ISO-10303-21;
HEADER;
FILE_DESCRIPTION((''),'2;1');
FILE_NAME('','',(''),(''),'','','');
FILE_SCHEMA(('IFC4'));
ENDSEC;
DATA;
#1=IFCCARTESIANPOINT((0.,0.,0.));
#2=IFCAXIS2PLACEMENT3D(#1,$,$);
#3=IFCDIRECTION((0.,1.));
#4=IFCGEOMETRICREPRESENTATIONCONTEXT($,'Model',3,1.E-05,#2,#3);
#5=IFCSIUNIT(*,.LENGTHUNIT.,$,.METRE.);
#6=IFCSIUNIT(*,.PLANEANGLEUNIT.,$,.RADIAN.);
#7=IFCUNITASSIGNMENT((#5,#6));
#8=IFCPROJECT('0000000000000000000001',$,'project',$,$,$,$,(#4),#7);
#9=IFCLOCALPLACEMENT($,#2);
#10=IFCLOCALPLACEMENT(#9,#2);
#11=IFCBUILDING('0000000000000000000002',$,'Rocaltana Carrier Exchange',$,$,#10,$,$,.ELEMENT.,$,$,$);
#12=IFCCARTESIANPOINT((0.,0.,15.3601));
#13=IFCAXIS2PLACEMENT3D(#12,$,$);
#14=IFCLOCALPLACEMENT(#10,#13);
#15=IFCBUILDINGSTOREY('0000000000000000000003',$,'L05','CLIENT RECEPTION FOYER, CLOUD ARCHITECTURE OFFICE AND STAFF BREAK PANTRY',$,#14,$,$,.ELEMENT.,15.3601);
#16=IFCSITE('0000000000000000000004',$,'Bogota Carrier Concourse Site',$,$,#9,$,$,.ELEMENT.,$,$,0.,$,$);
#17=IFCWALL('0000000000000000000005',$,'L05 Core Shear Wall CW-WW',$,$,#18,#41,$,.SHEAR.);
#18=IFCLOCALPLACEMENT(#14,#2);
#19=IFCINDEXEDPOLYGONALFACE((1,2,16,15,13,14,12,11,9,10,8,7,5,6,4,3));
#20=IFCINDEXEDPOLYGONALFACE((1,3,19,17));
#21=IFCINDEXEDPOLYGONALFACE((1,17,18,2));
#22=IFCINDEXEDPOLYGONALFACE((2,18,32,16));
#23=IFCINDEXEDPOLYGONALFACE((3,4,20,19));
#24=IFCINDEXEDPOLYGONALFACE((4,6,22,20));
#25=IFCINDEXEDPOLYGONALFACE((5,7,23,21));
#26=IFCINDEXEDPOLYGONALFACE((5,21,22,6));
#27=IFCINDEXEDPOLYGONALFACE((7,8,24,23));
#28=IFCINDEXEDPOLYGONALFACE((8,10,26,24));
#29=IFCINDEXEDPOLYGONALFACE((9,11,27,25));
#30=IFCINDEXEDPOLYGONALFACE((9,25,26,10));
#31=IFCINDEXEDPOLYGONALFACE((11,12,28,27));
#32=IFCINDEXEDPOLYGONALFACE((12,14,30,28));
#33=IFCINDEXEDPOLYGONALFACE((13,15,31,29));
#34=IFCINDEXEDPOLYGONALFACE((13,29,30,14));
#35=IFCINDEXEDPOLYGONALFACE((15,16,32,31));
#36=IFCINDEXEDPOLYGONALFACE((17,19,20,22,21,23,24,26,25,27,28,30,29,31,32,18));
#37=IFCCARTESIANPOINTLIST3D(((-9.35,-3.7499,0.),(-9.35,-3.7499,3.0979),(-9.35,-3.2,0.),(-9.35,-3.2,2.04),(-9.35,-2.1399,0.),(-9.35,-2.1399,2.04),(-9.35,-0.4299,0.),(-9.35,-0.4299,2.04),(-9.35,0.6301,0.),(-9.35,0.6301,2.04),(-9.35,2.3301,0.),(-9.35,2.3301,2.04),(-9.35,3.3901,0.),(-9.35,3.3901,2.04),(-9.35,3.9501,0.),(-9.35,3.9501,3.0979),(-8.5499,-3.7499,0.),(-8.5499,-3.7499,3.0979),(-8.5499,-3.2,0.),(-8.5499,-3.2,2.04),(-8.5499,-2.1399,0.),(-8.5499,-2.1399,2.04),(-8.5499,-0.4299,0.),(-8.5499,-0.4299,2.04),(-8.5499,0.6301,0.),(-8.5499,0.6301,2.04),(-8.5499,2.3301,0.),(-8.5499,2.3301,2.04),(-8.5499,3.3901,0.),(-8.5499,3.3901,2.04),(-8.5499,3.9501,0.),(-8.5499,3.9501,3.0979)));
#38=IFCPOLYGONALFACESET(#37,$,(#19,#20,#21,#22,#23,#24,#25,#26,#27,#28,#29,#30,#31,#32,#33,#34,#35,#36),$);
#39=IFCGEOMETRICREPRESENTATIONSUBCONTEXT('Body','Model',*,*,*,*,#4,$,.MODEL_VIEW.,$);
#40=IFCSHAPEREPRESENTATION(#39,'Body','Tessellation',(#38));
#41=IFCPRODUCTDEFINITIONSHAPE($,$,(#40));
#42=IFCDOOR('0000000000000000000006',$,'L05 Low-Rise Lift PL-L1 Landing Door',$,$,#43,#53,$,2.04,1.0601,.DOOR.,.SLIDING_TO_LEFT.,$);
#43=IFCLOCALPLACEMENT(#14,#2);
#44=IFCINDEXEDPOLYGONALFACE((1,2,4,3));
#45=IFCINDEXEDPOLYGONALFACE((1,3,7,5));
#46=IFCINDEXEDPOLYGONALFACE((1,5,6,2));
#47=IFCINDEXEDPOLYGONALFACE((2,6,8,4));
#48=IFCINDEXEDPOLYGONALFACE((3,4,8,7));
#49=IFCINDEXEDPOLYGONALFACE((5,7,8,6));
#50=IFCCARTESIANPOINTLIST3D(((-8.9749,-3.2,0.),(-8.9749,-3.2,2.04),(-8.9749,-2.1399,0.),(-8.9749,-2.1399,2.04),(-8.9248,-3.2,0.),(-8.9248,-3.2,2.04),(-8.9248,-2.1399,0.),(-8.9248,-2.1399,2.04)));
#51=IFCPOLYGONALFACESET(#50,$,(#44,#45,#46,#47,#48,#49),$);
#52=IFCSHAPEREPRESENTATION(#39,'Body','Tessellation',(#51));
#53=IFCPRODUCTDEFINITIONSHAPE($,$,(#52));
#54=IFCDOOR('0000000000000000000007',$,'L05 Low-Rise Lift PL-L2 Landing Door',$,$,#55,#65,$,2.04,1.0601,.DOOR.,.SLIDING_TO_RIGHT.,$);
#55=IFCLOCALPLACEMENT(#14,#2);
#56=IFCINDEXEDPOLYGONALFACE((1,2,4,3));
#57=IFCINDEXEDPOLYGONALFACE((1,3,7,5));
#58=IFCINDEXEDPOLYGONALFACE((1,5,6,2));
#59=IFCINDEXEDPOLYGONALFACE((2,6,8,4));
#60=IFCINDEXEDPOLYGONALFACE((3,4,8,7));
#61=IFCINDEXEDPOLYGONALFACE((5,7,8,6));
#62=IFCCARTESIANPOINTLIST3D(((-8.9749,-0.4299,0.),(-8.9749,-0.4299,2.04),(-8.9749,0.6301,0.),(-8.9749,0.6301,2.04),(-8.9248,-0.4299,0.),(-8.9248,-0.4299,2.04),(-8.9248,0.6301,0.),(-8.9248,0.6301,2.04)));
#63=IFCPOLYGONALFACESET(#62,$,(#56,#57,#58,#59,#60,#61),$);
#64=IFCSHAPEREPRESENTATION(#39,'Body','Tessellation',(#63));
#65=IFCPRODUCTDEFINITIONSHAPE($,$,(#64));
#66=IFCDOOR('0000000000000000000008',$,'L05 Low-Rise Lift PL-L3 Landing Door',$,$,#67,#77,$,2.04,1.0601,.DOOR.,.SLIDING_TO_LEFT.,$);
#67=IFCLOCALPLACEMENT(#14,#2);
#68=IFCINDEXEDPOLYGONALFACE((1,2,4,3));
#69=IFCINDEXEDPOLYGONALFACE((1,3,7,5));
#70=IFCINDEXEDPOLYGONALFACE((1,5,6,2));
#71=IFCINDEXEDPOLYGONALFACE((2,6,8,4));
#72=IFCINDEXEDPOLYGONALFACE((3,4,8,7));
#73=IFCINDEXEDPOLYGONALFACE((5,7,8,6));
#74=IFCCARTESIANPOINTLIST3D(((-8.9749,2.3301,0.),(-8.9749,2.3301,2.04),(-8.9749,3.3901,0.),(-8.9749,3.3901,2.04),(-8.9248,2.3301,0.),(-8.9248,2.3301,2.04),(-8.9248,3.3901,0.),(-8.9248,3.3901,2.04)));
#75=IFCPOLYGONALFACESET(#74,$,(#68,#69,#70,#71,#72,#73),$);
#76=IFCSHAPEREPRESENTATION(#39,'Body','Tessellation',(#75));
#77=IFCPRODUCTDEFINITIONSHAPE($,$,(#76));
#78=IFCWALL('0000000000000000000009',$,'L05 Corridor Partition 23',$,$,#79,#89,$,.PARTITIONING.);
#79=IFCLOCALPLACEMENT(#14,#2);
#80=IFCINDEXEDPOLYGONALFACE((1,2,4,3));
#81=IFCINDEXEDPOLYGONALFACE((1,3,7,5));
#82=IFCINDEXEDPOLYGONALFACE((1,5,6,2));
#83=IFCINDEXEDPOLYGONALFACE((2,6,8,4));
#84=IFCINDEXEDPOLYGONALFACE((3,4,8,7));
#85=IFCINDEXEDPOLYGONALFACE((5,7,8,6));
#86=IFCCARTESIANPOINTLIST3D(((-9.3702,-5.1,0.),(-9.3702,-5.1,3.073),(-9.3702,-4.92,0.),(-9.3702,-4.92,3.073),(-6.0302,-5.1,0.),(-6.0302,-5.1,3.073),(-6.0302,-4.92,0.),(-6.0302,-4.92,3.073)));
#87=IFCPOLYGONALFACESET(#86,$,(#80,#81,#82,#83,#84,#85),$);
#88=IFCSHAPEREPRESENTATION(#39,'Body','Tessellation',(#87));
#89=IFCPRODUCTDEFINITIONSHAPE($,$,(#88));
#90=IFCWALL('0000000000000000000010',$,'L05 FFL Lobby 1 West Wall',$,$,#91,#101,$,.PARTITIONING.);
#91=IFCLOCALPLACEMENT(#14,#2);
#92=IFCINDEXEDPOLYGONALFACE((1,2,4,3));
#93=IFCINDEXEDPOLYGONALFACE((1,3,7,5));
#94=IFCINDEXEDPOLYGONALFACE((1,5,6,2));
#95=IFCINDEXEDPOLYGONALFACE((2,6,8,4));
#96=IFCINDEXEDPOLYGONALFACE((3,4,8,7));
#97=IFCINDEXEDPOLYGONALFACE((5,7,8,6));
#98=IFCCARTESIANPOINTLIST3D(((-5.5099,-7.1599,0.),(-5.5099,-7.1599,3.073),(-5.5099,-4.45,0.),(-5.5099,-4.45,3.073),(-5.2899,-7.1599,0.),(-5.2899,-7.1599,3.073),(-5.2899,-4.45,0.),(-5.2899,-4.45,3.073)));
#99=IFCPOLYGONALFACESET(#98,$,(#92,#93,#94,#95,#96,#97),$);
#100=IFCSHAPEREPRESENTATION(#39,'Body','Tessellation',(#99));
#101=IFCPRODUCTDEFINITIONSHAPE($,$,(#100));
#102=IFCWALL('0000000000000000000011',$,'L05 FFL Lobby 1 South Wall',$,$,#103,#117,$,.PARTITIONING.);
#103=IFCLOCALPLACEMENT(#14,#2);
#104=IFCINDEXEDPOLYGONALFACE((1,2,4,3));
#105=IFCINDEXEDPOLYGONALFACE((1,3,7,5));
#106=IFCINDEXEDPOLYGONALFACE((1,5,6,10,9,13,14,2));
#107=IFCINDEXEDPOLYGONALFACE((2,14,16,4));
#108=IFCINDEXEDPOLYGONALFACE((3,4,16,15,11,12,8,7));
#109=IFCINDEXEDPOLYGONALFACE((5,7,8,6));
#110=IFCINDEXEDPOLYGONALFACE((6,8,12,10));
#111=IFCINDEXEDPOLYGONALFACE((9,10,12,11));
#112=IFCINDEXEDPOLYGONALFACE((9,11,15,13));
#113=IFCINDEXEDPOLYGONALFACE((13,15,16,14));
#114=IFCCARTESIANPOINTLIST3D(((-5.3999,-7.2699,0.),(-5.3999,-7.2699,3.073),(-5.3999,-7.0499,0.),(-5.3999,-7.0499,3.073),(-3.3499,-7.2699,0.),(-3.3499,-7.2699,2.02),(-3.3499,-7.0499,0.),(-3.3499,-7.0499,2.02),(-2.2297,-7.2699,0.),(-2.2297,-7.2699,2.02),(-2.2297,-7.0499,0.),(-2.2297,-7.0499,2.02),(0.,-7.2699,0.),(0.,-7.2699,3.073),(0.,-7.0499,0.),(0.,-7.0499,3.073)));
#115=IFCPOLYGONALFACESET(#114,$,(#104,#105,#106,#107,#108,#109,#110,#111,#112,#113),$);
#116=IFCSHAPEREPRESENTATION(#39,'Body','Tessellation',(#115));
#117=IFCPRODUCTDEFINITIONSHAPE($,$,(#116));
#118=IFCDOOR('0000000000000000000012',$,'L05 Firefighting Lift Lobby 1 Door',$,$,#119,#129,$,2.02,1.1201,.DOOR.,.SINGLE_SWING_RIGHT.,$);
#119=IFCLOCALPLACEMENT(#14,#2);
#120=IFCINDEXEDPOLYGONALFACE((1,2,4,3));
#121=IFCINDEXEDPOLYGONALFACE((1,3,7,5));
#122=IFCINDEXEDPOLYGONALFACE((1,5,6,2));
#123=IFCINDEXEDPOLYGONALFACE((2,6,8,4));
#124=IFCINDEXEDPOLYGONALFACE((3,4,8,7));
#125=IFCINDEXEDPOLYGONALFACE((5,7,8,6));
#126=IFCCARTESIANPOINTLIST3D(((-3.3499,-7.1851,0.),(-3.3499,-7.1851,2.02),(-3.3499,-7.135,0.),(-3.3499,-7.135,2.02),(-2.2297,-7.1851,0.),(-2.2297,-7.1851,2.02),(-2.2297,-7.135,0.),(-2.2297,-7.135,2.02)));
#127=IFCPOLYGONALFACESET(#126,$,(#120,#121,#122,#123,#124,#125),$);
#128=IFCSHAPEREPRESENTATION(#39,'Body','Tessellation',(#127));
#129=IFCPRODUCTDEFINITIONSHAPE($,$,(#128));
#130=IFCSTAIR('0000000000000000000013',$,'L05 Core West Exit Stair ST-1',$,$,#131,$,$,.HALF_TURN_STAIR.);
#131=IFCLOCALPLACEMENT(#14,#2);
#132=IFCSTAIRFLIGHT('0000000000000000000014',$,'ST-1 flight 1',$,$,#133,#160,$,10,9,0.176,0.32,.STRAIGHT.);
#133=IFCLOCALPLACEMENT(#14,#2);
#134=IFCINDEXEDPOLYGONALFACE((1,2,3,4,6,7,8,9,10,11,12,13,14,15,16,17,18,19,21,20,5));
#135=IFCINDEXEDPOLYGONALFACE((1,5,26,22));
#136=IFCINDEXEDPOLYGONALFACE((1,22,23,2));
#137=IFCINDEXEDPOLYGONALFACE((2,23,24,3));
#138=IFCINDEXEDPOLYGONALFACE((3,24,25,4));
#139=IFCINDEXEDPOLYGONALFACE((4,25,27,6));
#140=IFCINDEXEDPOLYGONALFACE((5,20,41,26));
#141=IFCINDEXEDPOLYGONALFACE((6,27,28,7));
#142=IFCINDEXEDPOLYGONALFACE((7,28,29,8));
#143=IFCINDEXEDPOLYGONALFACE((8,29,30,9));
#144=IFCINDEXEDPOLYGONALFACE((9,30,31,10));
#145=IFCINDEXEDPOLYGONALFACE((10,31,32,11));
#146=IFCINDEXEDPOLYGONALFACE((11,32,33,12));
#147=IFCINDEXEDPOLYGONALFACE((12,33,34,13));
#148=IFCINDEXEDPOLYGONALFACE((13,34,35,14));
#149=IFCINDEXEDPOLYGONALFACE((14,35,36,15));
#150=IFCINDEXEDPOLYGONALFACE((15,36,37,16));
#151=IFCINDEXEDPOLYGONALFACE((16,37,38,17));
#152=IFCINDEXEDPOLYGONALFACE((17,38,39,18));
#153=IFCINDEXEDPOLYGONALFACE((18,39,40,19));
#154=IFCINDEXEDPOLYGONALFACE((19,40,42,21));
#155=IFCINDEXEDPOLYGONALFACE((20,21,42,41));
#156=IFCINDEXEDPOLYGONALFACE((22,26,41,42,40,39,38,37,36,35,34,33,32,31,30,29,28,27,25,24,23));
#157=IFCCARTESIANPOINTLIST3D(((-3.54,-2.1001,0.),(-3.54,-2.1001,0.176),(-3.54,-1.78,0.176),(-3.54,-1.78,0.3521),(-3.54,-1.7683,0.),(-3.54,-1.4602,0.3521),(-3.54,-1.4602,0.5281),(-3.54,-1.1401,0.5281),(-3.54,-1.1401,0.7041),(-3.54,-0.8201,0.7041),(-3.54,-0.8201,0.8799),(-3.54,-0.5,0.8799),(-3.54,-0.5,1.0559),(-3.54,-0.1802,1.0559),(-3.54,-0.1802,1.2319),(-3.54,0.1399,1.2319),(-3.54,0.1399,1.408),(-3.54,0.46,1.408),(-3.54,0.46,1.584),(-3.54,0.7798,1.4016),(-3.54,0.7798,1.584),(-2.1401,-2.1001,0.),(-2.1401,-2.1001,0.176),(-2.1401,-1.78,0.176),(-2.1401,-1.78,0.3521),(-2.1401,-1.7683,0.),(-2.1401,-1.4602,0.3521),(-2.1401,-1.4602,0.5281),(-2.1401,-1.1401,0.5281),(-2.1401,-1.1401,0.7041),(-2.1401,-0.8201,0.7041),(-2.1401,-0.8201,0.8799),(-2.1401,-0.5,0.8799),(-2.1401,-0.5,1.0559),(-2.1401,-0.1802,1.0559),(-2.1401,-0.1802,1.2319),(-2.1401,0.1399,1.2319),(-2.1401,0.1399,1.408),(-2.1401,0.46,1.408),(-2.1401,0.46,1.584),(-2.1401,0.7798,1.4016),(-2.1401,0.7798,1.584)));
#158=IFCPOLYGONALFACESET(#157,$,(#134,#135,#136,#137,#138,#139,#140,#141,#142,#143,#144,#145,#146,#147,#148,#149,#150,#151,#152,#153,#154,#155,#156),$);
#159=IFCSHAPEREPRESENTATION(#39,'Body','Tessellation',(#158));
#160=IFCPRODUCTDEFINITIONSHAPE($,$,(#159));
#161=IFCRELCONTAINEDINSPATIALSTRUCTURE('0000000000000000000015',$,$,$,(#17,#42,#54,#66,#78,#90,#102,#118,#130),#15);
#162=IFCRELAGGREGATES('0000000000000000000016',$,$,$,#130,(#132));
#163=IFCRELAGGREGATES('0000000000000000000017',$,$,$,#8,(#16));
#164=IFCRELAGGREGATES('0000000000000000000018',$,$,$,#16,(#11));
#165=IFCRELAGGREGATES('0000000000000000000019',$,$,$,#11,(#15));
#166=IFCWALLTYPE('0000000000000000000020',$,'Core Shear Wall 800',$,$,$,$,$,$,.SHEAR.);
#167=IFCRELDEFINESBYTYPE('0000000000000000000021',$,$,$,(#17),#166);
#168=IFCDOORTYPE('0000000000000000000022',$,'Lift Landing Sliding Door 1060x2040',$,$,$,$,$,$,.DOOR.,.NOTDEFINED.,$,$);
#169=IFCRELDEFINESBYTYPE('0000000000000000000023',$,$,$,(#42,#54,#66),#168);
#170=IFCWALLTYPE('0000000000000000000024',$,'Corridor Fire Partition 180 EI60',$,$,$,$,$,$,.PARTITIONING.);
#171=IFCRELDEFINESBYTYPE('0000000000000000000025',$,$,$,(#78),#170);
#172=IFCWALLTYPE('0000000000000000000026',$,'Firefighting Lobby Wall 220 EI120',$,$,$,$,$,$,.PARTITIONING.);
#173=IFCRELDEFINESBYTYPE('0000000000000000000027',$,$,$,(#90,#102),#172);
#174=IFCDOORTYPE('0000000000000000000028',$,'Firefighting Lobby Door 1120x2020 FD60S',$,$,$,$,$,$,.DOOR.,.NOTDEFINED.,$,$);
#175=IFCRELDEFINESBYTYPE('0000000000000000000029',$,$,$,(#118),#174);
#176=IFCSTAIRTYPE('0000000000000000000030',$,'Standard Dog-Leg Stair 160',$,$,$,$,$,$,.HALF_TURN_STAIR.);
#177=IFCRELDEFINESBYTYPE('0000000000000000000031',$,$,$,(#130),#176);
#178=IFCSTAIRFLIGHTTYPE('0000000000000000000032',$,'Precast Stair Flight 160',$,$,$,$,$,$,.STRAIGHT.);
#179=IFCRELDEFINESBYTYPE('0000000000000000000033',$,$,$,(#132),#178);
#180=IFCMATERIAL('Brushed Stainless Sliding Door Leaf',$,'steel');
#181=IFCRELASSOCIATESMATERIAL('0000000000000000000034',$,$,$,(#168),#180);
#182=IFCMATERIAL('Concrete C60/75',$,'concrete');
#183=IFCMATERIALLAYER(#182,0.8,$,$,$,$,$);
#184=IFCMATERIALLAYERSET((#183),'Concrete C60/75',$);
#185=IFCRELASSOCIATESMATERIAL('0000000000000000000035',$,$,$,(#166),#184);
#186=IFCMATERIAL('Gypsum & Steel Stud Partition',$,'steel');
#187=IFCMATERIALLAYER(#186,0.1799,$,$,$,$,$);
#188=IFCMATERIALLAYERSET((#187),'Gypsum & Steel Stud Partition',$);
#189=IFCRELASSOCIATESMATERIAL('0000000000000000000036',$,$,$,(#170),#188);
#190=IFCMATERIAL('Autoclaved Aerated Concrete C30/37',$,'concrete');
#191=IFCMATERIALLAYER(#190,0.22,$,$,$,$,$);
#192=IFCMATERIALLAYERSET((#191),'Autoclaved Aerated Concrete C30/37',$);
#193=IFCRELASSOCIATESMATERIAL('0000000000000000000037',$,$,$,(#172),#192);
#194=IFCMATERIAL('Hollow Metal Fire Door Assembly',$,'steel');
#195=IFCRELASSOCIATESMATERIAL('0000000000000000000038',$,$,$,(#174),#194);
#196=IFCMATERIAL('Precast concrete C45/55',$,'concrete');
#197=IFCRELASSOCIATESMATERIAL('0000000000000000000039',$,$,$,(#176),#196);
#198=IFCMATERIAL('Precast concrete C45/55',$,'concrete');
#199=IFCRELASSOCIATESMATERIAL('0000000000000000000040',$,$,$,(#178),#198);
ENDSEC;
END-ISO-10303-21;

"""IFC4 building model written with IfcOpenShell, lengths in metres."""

from ifc_helpers import new_model, si_unit, direction, frame, frame_2d, origin, place, context, subcontext, project, spatial, polyline, rectangle, outline, extrude, material, layer, layer_set, type_object, element, fill, aggregate, save


model = new_model("IFC4")

# Units and contexts
model_context = context("Model", 3, precision=1e-05, world=origin(), true_north=direction((0.0, 1.0)))
body_context = subcontext(model_context, "Body", "Model", "MODEL_VIEW")
ifc_project = project(units=[si_unit("LENGTHUNIT", "METRE"), si_unit("PLANEANGLEUNIT", "RADIAN")], contexts=[model_context])

# Site, building, storey
site_placement = place(None, origin())
site = spatial("IfcSite", under=ifc_project, at=site_placement, Name="Bogota Carrier Concourse Site", CompositionType="ELEMENT", RefElevation=0.0)
building_placement = place(site_placement, origin())
building = spatial("IfcBuilding", under=site, at=building_placement, Name="Rocaltana Carrier Exchange", CompositionType="ELEMENT")
storey_placement = place(building_placement, frame((0.0, 0.0, 15.3601)))
storey = spatial("IfcBuildingStorey", under=building, at=storey_placement, Name="L05", Description="CLIENT RECEPTION FOYER, CLOUD ARCHITECTURE OFFICE AND STAFF BREAK PANTRY", CompositionType="ELEMENT", Elevation=15.3601)

# Shared definitions
ifc_material_1 = material(Name="Brushed Stainless Sliding Door Leaf", Category="steel")
door_type_1 = type_object("IfcDoorType", Name="Lift Landing Sliding Door 1060x2040", OperationType="NOTDEFINED", PredefinedType="DOOR", material=ifc_material_1)

# Shared definitions
ifc_material_2 = material(Name="Concrete C60/75", Category="concrete")
ifc_layer_1 = layer(ifc_material_2, 0.8)
ifc_layer_set_1 = layer_set([ifc_layer_1], Name="Concrete C60/75")
wall_type_1 = type_object("IfcWallType", Name="Core Shear Wall 800", PredefinedType="SHEAR", material=ifc_layer_set_1)

# Wall, openings, doors
wall_1_placement = place(storey_placement, frame((-8.95, -3.75, 0.0), z_axis=(0.0, 0.0, 1.0), x_axis=(0.0, 1.0, 0.0)))
wall_1 = element("IfcWall", 1, at=wall_1_placement, inside=storey, type_object=wall_type_1, Name="L05 Core Shear Wall CW-WW", PredefinedType="SHEAR", context=body_context, shape_type="SweptSolid", body=[
    extrude(rectangle(XDim=7.7, YDim=0.8, at=frame_2d((3.8501, 0.0))), origin(), (0.0, 0.0, 1.0), 3.0979),
])
opening_1_placement = place(wall_1_placement, frame((0.55, 0.0, 0.0)))
opening_1 = element("IfcOpeningElement", 2, at=opening_1_placement, cuts=wall_1, PredefinedType="OPENING", context=body_context, shape_type="SweptSolid", body=[
    extrude(rectangle(XDim=1.0601, YDim=2.04, at=frame_2d((0.53, 1.02))), frame((0.0, 0.4099, 0.0), z_axis=(0.0, -1.0, 0.0), x_axis=(1.0, 0.0, 0.0)), (0.0, 0.0, 1.0), 0.8201),
])
opening_2_placement = place(wall_1_placement, frame((3.3201, 0.0, 0.0)))
opening_2 = element("IfcOpeningElement", 3, at=opening_2_placement, cuts=wall_1, PredefinedType="OPENING", context=body_context, shape_type="SweptSolid", body=[
    extrude(rectangle(XDim=1.0601, YDim=2.04, at=frame_2d((0.53, 1.02))), frame((0.0, 0.4099, 0.0), z_axis=(0.0, -1.0, 0.0), x_axis=(1.0, 0.0, 0.0)), (0.0, 0.0, 1.0), 0.8201),
])
opening_3_placement = place(wall_1_placement, frame((6.0801, 0.0, 0.0)))
opening_3 = element("IfcOpeningElement", 4, at=opening_3_placement, cuts=wall_1, PredefinedType="OPENING", context=body_context, shape_type="SweptSolid", body=[
    extrude(rectangle(XDim=1.0601, YDim=2.04, at=frame_2d((0.53, 1.02))), frame((0.0, 0.4099, 0.0), z_axis=(0.0, -1.0, 0.0), x_axis=(1.0, 0.0, 0.0)), (0.0, 0.0, 1.0), 0.8201),
])
door_1_placement = place(opening_1_placement, origin())
door_1 = element("IfcDoor", 5, at=door_1_placement, inside=storey, type_object=door_type_1, Name="L05 Low-Rise Lift PL-L1 Landing Door", OperationType="SLIDING_TO_LEFT", OverallHeight=2.04, OverallWidth=1.0601, PredefinedType="DOOR", context=body_context, shape_type="SweptSolid", body=[
    extrude(rectangle(XDim=1.0601, YDim=2.04, at=frame_2d((0.53, 1.02))), frame((0.0, 0.0249, 0.0), z_axis=(0.0, -1.0, 0.0), x_axis=(1.0, 0.0, 0.0)), (0.0, 0.0, 1.0), 0.05),
])
fill(opening_1, door_1)
door_2_placement = place(opening_2_placement, origin())
door_2 = element("IfcDoor", 6, at=door_2_placement, inside=storey, type_object=door_type_1, Name="L05 Low-Rise Lift PL-L2 Landing Door", OperationType="SLIDING_TO_RIGHT", OverallHeight=2.04, OverallWidth=1.0601, PredefinedType="DOOR", context=body_context, shape_type="SweptSolid", body=[
    extrude(rectangle(XDim=1.0601, YDim=2.04, at=frame_2d((0.53, 1.02))), frame((0.0, 0.0249, 0.0), z_axis=(0.0, -1.0, 0.0), x_axis=(1.0, 0.0, 0.0)), (0.0, 0.0, 1.0), 0.05),
])
fill(opening_2, door_2)
door_3_placement = place(opening_3_placement, origin())
door_3 = element("IfcDoor", 7, at=door_3_placement, inside=storey, type_object=door_type_1, Name="L05 Low-Rise Lift PL-L3 Landing Door", OperationType="SLIDING_TO_LEFT", OverallHeight=2.04, OverallWidth=1.0601, PredefinedType="DOOR", context=body_context, shape_type="SweptSolid", body=[
    extrude(rectangle(XDim=1.0601, YDim=2.04, at=frame_2d((0.53, 1.02))), frame((0.0, 0.0249, 0.0), z_axis=(0.0, -1.0, 0.0), x_axis=(1.0, 0.0, 0.0)), (0.0, 0.0, 1.0), 0.05),
])
fill(opening_3, door_3)

# Walls
ifc_material_3 = material(Name="Gypsum & Steel Stud Partition", Category="steel")
ifc_layer_2 = layer(ifc_material_3, 0.1799)
ifc_layer_set_2 = layer_set([ifc_layer_2], Name="Gypsum & Steel Stud Partition")
wall_type_2 = type_object("IfcWallType", Name="Corridor Fire Partition 180 EI60", PredefinedType="PARTITIONING", material=ifc_layer_set_2)
wall_2_placement = place(storey_placement, frame((-9.3701, -5.01, 0.0), z_axis=(0.0, 0.0, 1.0), x_axis=(1.0, 0.0, 0.0)))
element("IfcWall", 8, at=wall_2_placement, inside=storey, type_object=wall_type_2, Name="L05 Corridor Partition 23", PredefinedType="PARTITIONING", context=body_context, shape_type="SweptSolid", body=[
    extrude(rectangle(XDim=3.3401, YDim=0.1799, at=frame_2d((1.6699, 0.0))), origin(), (0.0, 0.0, 1.0), 3.073),
])
ifc_material_4 = material(Name="Autoclaved Aerated Concrete C30/37", Category="concrete")
ifc_layer_3 = layer(ifc_material_4, 0.22)
ifc_layer_set_3 = layer_set([ifc_layer_3], Name="Autoclaved Aerated Concrete C30/37")
wall_type_3 = type_object("IfcWallType", Name="Firefighting Lobby Wall 220 EI120", PredefinedType="PARTITIONING", material=ifc_layer_set_3)
wall_3_placement = place(storey_placement, frame((-5.3999, -7.1599, 0.0), z_axis=(0.0, 0.0, 1.0), x_axis=(0.0, 1.0, 0.0)))
element("IfcWall", 9, at=wall_3_placement, inside=storey, type_object=wall_type_3, Name="L05 FFL Lobby 1 West Wall", PredefinedType="PARTITIONING", context=body_context, shape_type="SweptSolid", body=[
    extrude(rectangle(XDim=2.71, YDim=0.22, at=frame_2d((1.355, 0.0))), origin(), (0.0, 0.0, 1.0), 3.073),
])

# Wall, opening, door
wall_4_placement = place(storey_placement, frame((-5.3999, -7.1599, 0.0), z_axis=(0.0, 0.0, 1.0), x_axis=(1.0, 0.0, 0.0)))
wall_4 = element("IfcWall", 10, at=wall_4_placement, inside=storey, type_object=wall_type_3, Name="L05 FFL Lobby 1 South Wall", PredefinedType="PARTITIONING", context=body_context, shape_type="SweptSolid", body=[
    extrude(rectangle(XDim=5.3999, YDim=0.22, at=frame_2d((2.7, 0.0))), origin(), (0.0, 0.0, 1.0), 3.073),
])
opening_4_placement = place(wall_4_placement, frame((2.05, 0.0, 0.0)))
opening_4 = element("IfcOpeningElement", 11, at=opening_4_placement, cuts=wall_4, PredefinedType="OPENING", context=body_context, shape_type="SweptSolid", body=[
    extrude(rectangle(XDim=1.1201, YDim=2.02, at=frame_2d((0.5601, 1.01))), frame((0.0, 0.1199, 0.0), z_axis=(0.0, -1.0, 0.0), x_axis=(1.0, 0.0, 0.0)), (0.0, 0.0, 1.0), 0.24),
])
ifc_material_5 = material(Name="Hollow Metal Fire Door Assembly", Category="steel")
door_type_2 = type_object("IfcDoorType", Name="Firefighting Lobby Door 1120x2020 FD60S", OperationType="NOTDEFINED", PredefinedType="DOOR", material=ifc_material_5)
door_4_placement = place(opening_4_placement, origin())
door_4 = element("IfcDoor", 12, at=door_4_placement, inside=storey, type_object=door_type_2, Name="L05 Firefighting Lift Lobby 1 Door", OperationType="SINGLE_SWING_RIGHT", OverallHeight=2.02, OverallWidth=1.1201, PredefinedType="DOOR", context=body_context, shape_type="SweptSolid", body=[
    extrude(rectangle(XDim=1.1201, YDim=2.02, at=frame_2d((0.5601, 1.01))), frame((0.0, 0.0249, 0.0), z_axis=(0.0, -1.0, 0.0), x_axis=(1.0, 0.0, 0.0)), (0.0, 0.0, 1.0), 0.05),
])
fill(opening_4, door_4)

# Stair, stair flight
ifc_material_6 = material(Name="Precast concrete C45/55", Category="concrete")
stair_type = type_object("IfcStairType", Name="Standard Dog-Leg Stair 160", PredefinedType="HALF_TURN_STAIR", material=ifc_material_6)
stair_placement = place(storey_placement, origin())
stair = element("IfcStair", 13, at=stair_placement, inside=storey, type_object=stair_type, Name="L05 Core West Exit Stair ST-1", PredefinedType="HALF_TURN_STAIR")
ifc_material_7 = material(Name="Precast concrete C45/55", Category="concrete")
stair_flight_type = type_object("IfcStairFlightType", Name="Precast Stair Flight 160", PredefinedType="STRAIGHT", material=ifc_material_7)
stair_flight_placement = place(storey_placement, frame((-2.8401, -2.1001, 0.0), z_axis=(0.0, 0.0, 1.0), x_axis=(0.0, 1.0, 0.0)))
stair_flight = element("IfcStairFlight", 14, at=stair_flight_placement, type_object=stair_flight_type, Name="ST-1 flight 1", NumberOfRisers=10, NumberOfTreads=9, PredefinedType="STRAIGHT", RiserHeight=0.176, TreadLength=0.32, context=body_context, shape_type="SweptSolid", body=[
    extrude(outline(polyline([(0.0, 0.0), (0.0, 0.176), (0.3201, 0.176), (0.3201, 0.3521), (0.6399, 0.3521), (0.6399, 0.5281), (0.96, 0.5281), (0.96, 0.7041), (1.28, 0.7041), (1.28, 0.8799), (1.6001, 0.8799), (1.6001, 1.0559), (1.9199, 1.0559), (1.9199, 1.2319), (2.24, 1.2319), (2.24, 1.408), (2.5601, 1.408), (2.5601, 1.584), (2.8799, 1.584), (2.8799, 1.76), (2.8799, 1.4016), (0.3318, 0.0), (0.0, 0.0)])), frame((0.0, 0.7, 0.0), z_axis=(0.0, -1.0, 0.0), x_axis=(1.0, 0.0, 0.0)), (0.0, 0.0, 1.0), 1.3999),
])
aggregate(stair, [stair_flight])

save(model, "model.ifc")
